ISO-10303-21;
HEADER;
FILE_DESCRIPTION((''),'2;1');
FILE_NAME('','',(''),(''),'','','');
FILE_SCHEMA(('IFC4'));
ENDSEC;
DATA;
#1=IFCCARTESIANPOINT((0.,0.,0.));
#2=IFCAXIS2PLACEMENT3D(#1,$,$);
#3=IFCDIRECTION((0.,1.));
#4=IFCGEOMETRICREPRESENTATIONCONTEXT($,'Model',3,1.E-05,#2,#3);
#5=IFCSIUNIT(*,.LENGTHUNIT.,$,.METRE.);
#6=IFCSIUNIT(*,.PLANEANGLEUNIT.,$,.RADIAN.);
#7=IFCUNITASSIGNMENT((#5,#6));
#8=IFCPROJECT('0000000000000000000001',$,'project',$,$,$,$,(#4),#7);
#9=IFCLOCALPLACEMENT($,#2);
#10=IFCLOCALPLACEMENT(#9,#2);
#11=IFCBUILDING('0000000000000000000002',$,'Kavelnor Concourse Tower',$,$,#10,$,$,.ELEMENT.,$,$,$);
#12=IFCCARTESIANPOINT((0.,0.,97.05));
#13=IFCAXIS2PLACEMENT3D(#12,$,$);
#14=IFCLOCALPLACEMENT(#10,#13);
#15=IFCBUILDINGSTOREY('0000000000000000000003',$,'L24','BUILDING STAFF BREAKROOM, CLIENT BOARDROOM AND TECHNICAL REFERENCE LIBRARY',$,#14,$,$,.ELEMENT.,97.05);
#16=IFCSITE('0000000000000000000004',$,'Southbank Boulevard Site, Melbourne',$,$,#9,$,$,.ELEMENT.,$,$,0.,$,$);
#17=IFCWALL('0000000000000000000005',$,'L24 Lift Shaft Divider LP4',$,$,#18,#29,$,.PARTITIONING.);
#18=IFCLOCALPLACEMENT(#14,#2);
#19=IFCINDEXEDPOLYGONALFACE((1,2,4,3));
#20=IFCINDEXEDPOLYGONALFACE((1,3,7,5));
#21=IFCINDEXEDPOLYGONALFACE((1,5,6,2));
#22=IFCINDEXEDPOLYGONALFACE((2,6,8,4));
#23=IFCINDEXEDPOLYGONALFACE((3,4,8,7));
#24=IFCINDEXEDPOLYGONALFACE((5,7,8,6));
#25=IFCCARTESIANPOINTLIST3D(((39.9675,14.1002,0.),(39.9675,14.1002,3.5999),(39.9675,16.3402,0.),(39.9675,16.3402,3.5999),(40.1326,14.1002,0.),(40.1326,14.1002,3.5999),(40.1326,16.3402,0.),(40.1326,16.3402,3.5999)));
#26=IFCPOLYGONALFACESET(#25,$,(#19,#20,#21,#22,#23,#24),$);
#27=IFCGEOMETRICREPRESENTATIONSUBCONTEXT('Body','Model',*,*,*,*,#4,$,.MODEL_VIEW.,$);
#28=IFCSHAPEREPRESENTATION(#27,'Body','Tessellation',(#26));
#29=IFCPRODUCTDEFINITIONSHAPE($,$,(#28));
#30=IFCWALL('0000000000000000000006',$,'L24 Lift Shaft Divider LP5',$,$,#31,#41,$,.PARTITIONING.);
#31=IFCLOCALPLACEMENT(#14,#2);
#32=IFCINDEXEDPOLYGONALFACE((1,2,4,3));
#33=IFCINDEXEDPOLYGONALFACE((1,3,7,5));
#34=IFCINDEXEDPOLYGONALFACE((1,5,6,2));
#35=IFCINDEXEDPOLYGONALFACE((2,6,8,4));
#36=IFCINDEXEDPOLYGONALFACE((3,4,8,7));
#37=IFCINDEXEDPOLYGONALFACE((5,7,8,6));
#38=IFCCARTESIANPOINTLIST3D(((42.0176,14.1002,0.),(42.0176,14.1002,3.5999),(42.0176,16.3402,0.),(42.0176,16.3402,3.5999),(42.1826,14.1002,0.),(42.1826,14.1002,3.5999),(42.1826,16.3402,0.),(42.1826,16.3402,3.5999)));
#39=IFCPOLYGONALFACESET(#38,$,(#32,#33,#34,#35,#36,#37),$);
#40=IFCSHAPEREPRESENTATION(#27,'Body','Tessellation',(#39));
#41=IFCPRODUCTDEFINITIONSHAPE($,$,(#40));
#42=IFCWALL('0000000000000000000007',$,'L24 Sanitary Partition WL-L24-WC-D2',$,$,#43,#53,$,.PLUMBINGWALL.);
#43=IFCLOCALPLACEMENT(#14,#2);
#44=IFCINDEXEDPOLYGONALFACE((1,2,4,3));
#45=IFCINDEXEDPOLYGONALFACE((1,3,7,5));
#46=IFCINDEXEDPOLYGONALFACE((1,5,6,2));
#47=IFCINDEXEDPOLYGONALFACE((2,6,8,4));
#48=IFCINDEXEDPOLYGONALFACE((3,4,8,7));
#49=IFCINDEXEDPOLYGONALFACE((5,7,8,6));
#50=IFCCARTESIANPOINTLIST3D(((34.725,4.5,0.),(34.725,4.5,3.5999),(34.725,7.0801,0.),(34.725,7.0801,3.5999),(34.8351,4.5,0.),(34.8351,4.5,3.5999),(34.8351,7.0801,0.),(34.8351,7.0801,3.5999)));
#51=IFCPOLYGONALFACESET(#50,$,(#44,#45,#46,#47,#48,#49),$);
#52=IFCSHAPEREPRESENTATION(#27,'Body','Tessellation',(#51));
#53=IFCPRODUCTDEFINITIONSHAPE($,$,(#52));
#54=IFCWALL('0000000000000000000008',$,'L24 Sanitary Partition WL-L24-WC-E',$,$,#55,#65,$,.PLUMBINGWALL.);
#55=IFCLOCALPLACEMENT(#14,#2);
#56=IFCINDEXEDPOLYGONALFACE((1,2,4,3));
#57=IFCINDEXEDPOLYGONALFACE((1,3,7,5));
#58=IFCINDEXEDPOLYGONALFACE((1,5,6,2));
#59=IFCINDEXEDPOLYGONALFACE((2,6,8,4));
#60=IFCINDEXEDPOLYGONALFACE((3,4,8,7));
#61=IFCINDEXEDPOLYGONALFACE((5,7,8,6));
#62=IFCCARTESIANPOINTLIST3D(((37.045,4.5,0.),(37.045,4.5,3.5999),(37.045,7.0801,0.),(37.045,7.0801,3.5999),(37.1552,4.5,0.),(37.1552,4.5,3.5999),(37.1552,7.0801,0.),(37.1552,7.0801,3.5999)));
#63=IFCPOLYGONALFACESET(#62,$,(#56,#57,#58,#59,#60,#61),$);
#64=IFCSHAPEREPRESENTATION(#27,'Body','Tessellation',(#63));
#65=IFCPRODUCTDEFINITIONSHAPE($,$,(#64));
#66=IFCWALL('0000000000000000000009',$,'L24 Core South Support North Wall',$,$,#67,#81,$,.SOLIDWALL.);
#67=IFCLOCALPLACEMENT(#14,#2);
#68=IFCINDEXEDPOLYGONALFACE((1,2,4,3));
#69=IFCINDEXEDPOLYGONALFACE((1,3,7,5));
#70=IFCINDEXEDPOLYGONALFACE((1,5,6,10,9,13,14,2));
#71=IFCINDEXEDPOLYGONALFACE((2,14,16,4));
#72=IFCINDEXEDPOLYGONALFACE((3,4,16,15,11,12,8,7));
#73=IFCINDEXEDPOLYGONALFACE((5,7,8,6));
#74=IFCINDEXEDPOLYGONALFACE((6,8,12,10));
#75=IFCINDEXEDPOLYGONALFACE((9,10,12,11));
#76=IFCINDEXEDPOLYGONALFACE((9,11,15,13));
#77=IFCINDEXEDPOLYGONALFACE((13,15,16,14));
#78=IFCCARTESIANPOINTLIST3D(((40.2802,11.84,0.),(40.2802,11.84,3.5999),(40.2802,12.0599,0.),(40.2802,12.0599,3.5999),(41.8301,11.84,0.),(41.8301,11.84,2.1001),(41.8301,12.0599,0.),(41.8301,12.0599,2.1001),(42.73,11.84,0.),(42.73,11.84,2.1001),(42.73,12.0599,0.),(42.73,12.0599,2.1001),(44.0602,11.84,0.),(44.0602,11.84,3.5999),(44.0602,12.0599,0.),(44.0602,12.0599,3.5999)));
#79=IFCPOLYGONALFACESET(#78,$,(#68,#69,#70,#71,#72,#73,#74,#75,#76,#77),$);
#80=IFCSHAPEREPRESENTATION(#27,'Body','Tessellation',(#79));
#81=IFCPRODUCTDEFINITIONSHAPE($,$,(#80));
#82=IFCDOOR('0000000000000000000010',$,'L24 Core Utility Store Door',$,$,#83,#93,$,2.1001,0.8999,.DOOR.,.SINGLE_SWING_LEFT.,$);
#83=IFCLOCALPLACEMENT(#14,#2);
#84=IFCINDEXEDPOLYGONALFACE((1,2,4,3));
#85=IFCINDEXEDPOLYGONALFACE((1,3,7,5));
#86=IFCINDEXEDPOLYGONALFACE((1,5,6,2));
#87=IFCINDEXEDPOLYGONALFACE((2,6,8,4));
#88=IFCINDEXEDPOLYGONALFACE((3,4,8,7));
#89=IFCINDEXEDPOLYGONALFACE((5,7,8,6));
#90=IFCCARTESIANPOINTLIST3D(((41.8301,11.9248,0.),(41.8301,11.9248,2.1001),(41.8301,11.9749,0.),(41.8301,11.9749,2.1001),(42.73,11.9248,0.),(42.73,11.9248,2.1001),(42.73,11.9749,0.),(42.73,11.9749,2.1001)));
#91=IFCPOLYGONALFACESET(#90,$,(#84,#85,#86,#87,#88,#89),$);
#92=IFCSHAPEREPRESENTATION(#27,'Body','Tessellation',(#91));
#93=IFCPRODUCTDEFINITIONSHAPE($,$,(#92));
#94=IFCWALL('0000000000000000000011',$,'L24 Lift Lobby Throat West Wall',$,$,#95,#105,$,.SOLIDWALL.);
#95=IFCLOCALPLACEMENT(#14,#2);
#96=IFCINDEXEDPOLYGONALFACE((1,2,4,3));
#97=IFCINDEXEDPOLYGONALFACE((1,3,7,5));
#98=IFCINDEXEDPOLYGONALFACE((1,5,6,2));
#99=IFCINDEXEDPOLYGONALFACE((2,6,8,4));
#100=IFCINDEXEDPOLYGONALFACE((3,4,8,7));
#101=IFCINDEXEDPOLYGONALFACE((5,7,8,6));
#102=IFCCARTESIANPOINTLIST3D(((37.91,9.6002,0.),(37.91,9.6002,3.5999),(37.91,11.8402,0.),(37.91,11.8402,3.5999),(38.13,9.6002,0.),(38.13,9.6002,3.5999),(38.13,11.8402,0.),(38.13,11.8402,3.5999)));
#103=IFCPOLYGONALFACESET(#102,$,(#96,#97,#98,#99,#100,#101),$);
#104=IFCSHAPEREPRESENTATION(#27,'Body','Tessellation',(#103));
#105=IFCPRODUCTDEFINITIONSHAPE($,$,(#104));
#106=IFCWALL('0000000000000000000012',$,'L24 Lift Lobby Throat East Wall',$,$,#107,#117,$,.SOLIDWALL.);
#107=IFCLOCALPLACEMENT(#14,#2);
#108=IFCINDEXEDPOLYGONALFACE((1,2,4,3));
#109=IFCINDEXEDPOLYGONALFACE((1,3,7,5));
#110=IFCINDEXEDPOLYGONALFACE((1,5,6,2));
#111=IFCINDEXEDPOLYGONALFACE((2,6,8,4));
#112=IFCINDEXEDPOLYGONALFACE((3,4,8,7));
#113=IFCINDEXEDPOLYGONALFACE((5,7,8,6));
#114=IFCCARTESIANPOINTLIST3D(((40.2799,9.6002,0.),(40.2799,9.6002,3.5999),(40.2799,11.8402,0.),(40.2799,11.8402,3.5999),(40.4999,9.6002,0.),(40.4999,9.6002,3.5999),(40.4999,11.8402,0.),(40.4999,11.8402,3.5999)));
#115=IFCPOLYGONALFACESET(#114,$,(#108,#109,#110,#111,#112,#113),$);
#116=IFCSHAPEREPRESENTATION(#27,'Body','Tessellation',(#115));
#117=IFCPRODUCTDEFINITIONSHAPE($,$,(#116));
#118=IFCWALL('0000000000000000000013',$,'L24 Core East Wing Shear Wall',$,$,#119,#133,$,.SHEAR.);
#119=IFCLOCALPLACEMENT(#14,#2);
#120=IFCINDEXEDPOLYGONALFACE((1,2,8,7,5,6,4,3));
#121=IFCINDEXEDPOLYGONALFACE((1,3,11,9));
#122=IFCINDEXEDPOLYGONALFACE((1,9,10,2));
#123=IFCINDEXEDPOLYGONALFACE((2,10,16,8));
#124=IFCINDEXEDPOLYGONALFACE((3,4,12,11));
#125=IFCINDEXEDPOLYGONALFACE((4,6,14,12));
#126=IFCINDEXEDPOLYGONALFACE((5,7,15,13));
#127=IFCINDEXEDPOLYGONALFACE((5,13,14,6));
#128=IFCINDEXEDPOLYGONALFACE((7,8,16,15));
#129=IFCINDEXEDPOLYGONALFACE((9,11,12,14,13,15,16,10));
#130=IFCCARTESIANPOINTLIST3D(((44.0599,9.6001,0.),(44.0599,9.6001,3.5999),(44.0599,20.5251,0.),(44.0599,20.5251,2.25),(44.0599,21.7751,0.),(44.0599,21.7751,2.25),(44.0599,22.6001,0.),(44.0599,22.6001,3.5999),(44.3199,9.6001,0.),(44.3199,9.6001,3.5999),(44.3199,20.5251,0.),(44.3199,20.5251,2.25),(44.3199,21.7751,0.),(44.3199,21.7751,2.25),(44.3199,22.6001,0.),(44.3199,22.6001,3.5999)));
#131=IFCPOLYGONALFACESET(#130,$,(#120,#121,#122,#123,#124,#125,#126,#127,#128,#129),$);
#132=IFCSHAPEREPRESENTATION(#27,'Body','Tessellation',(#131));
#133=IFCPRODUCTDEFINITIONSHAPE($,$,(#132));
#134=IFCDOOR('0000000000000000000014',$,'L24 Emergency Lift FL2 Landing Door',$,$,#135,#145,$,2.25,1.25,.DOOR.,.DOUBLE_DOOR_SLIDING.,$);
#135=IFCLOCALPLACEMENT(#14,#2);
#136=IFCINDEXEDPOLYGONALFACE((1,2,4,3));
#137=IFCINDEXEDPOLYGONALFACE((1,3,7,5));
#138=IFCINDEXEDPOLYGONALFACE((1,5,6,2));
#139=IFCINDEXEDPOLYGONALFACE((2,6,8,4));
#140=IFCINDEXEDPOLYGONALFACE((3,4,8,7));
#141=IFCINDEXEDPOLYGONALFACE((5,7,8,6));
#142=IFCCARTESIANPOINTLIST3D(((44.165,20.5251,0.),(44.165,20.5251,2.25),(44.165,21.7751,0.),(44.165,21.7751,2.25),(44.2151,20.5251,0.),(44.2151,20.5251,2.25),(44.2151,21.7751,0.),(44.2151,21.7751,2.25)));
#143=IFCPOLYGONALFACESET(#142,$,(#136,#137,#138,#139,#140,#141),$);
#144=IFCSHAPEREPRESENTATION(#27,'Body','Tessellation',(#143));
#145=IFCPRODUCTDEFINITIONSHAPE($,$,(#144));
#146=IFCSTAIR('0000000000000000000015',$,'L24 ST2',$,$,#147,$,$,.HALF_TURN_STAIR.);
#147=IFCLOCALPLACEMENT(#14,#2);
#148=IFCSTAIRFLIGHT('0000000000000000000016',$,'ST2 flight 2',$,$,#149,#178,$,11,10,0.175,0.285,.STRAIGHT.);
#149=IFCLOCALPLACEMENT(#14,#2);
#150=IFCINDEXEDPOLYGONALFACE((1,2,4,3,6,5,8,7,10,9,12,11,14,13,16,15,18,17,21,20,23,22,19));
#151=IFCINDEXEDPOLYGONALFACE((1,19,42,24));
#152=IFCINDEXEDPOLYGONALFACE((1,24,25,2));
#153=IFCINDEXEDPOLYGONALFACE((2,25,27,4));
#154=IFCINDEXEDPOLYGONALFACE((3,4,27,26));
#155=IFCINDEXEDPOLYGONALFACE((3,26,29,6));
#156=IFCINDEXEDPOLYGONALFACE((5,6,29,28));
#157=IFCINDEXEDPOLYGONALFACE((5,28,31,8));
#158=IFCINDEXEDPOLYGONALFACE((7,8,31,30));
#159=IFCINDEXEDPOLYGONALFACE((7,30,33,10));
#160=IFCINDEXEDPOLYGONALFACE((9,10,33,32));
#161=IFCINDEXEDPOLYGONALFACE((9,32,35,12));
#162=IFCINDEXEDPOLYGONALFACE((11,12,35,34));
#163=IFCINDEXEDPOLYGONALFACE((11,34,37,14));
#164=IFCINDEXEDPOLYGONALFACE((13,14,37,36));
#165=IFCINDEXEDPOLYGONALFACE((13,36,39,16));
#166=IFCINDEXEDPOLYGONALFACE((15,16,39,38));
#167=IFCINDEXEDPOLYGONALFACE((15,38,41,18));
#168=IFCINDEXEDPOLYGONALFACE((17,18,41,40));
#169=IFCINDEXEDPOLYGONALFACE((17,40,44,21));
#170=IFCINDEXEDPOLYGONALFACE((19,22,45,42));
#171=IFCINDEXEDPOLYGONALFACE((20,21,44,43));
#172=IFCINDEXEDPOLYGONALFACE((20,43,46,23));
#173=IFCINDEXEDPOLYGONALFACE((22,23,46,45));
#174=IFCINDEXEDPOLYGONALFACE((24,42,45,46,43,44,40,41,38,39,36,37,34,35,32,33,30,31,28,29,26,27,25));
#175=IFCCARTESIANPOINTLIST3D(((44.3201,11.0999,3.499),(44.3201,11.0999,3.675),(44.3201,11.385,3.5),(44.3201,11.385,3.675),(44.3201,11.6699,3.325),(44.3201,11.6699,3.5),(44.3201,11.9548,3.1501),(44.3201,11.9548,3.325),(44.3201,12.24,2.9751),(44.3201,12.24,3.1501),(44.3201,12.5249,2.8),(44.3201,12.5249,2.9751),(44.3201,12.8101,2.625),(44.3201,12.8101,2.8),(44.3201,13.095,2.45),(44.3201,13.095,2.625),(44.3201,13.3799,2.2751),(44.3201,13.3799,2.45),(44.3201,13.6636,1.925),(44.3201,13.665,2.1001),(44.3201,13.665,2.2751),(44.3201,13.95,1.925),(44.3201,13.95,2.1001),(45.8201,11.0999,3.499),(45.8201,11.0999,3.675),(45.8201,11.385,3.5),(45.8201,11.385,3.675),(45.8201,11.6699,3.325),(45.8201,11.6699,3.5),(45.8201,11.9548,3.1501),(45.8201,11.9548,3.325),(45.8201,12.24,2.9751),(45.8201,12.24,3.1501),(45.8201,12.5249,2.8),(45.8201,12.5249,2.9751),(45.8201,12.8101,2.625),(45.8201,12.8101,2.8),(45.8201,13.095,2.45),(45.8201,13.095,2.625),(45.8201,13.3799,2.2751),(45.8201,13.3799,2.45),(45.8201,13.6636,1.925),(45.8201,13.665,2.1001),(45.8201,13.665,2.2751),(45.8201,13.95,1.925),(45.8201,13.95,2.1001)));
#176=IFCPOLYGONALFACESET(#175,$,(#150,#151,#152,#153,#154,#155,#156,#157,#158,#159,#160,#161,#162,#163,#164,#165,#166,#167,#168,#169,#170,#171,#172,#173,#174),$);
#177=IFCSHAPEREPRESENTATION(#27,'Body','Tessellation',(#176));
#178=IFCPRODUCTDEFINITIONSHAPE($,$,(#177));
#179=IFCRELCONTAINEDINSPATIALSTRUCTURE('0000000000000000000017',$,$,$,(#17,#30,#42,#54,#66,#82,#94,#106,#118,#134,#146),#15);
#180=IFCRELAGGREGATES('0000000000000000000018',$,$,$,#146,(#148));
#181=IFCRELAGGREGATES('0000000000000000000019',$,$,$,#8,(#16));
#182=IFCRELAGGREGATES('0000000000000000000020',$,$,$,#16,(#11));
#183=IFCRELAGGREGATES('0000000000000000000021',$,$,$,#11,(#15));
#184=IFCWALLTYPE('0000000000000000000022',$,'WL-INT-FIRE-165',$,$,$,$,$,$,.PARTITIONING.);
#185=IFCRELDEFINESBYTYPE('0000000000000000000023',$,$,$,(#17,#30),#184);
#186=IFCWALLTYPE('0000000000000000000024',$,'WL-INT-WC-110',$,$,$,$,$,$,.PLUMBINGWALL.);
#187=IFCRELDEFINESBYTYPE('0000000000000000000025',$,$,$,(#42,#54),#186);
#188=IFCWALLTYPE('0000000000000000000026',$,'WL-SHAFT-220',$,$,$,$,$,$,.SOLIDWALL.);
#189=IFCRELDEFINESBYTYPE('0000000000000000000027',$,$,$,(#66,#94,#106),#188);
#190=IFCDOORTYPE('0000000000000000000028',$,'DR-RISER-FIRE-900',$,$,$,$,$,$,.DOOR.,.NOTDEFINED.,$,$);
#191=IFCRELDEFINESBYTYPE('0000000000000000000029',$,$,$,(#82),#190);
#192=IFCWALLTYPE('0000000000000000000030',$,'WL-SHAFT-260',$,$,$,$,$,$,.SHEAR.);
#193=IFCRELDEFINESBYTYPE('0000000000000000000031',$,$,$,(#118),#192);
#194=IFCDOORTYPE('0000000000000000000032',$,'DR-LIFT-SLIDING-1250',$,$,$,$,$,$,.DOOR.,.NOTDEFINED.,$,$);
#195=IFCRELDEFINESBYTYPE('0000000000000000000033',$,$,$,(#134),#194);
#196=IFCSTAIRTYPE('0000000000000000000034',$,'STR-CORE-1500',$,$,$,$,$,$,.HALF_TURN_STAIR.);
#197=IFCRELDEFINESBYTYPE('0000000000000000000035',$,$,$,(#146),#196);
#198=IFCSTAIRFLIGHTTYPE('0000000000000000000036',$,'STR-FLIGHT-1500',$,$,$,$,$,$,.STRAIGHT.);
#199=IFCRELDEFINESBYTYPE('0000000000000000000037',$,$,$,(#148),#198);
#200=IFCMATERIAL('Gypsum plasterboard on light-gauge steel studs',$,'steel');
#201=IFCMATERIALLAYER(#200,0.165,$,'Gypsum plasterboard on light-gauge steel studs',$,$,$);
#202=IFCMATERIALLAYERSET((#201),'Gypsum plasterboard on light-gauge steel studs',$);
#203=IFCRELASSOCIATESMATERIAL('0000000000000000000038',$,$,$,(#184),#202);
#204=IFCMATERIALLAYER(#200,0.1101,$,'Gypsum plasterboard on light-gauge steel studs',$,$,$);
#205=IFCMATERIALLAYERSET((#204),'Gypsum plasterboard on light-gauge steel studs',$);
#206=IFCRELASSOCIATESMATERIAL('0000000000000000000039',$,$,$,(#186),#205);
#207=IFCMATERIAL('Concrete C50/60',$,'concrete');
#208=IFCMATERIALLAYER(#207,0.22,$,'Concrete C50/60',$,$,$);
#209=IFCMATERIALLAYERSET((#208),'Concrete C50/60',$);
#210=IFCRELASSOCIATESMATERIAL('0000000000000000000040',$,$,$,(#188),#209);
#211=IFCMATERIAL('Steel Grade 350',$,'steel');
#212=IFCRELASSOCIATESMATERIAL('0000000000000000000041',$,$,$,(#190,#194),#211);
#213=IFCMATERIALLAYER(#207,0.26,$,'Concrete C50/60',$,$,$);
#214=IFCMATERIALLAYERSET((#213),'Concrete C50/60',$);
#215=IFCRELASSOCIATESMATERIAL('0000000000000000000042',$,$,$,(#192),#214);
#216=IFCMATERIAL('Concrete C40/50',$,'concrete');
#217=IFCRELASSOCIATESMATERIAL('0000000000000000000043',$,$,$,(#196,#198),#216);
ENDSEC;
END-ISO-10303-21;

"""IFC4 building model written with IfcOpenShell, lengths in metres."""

from ifc_helpers import new_model, si_unit, direction, frame, frame_2d, origin, place, context, subcontext, project, spatial, polyline, rectangle, outline, extrude, material, layer, layer_set, type_object, element, fill, aggregate, save


model = new_model("IFC4")

# Units and contexts
model_context = context("Model", 3, precision=1e-05, world=origin(), true_north=direction((0.0, 1.0)))
body_context = subcontext(model_context, "Body", "Model", "MODEL_VIEW")
ifc_project = project(units=[si_unit("LENGTHUNIT", "METRE"), si_unit("PLANEANGLEUNIT", "RADIAN")], contexts=[model_context])

# Site, building, storey
site_placement = place(None, origin())
site = spatial("IfcSite", under=ifc_project, at=site_placement, Name="Southbank Boulevard Site, Melbourne", CompositionType="ELEMENT", RefElevation=0.0)
building_placement = place(site_placement, origin())
building = spatial("IfcBuilding", under=site, at=building_placement, Name="Kavelnor Concourse Tower", CompositionType="ELEMENT")
storey_placement = place(building_placement, frame((0.0, 0.0, 97.05)))
storey = spatial("IfcBuildingStorey", under=building, at=storey_placement, Name="L24", Description="BUILDING STAFF BREAKROOM, CLIENT BOARDROOM AND TECHNICAL REFERENCE LIBRARY", CompositionType="ELEMENT", Elevation=97.05)

# Shared definitions
ifc_material_1 = material(Name="Steel Grade 350", Category="steel")

# Walls
ifc_material_2 = material(Name="Gypsum plasterboard on light-gauge steel studs", Category="steel")
ifc_layer_1 = layer(ifc_material_2, 0.165, Name="Gypsum plasterboard on light-gauge steel studs")
ifc_layer_set_1 = layer_set([ifc_layer_1], Name="Gypsum plasterboard on light-gauge steel studs")
wall_type_1 = type_object("IfcWallType", Name="WL-INT-FIRE-165", PredefinedType="PARTITIONING", material=ifc_layer_set_1)
for number, where, z_axis, x_axis, name in (
    (1, (40.05, 14.1001, 0.0), (0.0, 0.0, 1.0), (0.0, 1.0, 0.0), "L24 Lift Shaft Divider LP4"),
    (2, (42.1001, 14.1001, 0.0), (0.0, 0.0, 1.0), (0.0, 1.0, 0.0), "L24 Lift Shaft Divider LP5"),
):
    element("IfcWall", number, at=place(storey_placement, frame(where, z_axis=z_axis, x_axis=x_axis)), inside=storey, type_object=wall_type_1, Name=name, PredefinedType="PARTITIONING", context=body_context, shape_type="SweptSolid", body=[
        extrude(rectangle(XDim=2.24, YDim=0.165, at=frame_2d((1.1201, 0.0))), origin(), (0.0, 0.0, 1.0), 3.5999),
    ])
ifc_layer_2 = layer(ifc_material_2, 0.1101, Name="Gypsum plasterboard on light-gauge steel studs")
ifc_layer_set_2 = layer_set([ifc_layer_2], Name="Gypsum plasterboard on light-gauge steel studs")
wall_type_2 = type_object("IfcWallType", Name="WL-INT-WC-110", PredefinedType="PLUMBINGWALL", material=ifc_layer_set_2)
for number, where, z_axis, x_axis, name in (
    (3, (34.78, 4.5, 0.0), (0.0, 0.0, 1.0), (0.0, 1.0, 0.0), "L24 Sanitary Partition WL-L24-WC-D2"),
    (4, (37.1001, 4.5, 0.0), (0.0, 0.0, 1.0), (0.0, 1.0, 0.0), "L24 Sanitary Partition WL-L24-WC-E"),
):
    element("IfcWall", number, at=place(storey_placement, frame(where, z_axis=z_axis, x_axis=x_axis)), inside=storey, type_object=wall_type_2, Name=name, PredefinedType="PLUMBINGWALL", context=body_context, shape_type="SweptSolid", body=[
        extrude(rectangle(XDim=2.5801, YDim=0.1101, at=frame_2d((1.29, 0.0))), origin(), (0.0, 0.0, 1.0), 3.5999),
    ])

# Wall, opening, door
ifc_material_3 = material(Name="Concrete C50/60", Category="concrete")
ifc_layer_3 = layer(ifc_material_3, 0.22, Name="Concrete C50/60")
ifc_layer_set_3 = layer_set([ifc_layer_3], Name="Concrete C50/60")
wall_type_3 = type_object("IfcWallType", Name="WL-SHAFT-220", PredefinedType="SOLIDWALL", material=ifc_layer_set_3)
wall_1_placement = place(storey_placement, frame((40.28, 11.95, 0.0), z_axis=(0.0, 0.0, 1.0), x_axis=(1.0, 0.0, 0.0)))
wall_1 = element("IfcWall", 5, at=wall_1_placement, inside=storey, type_object=wall_type_3, Name="L24 Core South Support North Wall", PredefinedType="SOLIDWALL", context=body_context, shape_type="SweptSolid", body=[
    extrude(rectangle(XDim=3.78, YDim=0.22, at=frame_2d((1.8901, 0.0))), origin(), (0.0, 0.0, 1.0), 3.5999),
])
opening_1_placement = place(wall_1_placement, frame((1.55, 0.0, 0.0)))
opening_1 = element("IfcOpeningElement", 6, at=opening_1_placement, cuts=wall_1, PredefinedType="OPENING", context=body_context, shape_type="SweptSolid", body=[
    extrude(rectangle(XDim=0.8999, YDim=2.1001, at=frame_2d((0.45, 1.05))), frame((0.0, 0.1201, 0.0), z_axis=(0.0, -1.0, 0.0), x_axis=(1.0, 0.0, 0.0)), (0.0, 0.0, 1.0), 0.24),
])
door_type_1 = type_object("IfcDoorType", Name="DR-RISER-FIRE-900", OperationType="NOTDEFINED", PredefinedType="DOOR", material=ifc_material_1)
door_1_placement = place(opening_1_placement, origin())
door_1 = element("IfcDoor", 7, at=door_1_placement, inside=storey, type_object=door_type_1, Name="L24 Core Utility Store Door", OperationType="SINGLE_SWING_LEFT", OverallHeight=2.1001, OverallWidth=0.8999, PredefinedType="DOOR", context=body_context, shape_type="SweptSolid", body=[
    extrude(rectangle(XDim=0.8999, YDim=2.1001, at=frame_2d((0.45, 1.05))), frame((0.0, 0.0249, 0.0), z_axis=(0.0, -1.0, 0.0), x_axis=(1.0, 0.0, 0.0)), (0.0, 0.0, 1.0), 0.05),
])
fill(opening_1, door_1)

# Walls
for number, where, z_axis, x_axis, name in (
    (8, (38.02, 9.6001, 0.0), (0.0, 0.0, 1.0), (0.0, 1.0, 0.0), "L24 Lift Lobby Throat West Wall"),
    (9, (40.3899, 9.6001, 0.0), (0.0, 0.0, 1.0), (0.0, 1.0, 0.0), "L24 Lift Lobby Throat East Wall"),
):
    element("IfcWall", number, at=place(storey_placement, frame(where, z_axis=z_axis, x_axis=x_axis)), inside=storey, type_object=wall_type_3, Name=name, PredefinedType="SOLIDWALL", context=body_context, shape_type="SweptSolid", body=[
        extrude(rectangle(XDim=2.24, YDim=0.22, at=frame_2d((1.1201, 0.0))), origin(), (0.0, 0.0, 1.0), 3.5999),
    ])

# Wall, opening, door
ifc_layer_4 = layer(ifc_material_3, 0.26, Name="Concrete C50/60")
ifc_layer_set_4 = layer_set([ifc_layer_4], Name="Concrete C50/60")
wall_type_4 = type_object("IfcWallType", Name="WL-SHAFT-260", PredefinedType="SHEAR", material=ifc_layer_set_4)
wall_2_placement = place(storey_placement, frame((44.1899, 9.6001, 0.0), z_axis=(0.0, 0.0, 1.0), x_axis=(0.0, 1.0, 0.0)))
wall_2 = element("IfcWall", 10, at=wall_2_placement, inside=storey, type_object=wall_type_4, Name="L24 Core East Wing Shear Wall", PredefinedType="SHEAR", context=body_context, shape_type="SweptSolid", body=[
    extrude(rectangle(XDim=13.0, YDim=0.26, at=frame_2d((6.5, 0.0))), origin(), (0.0, 0.0, 1.0), 3.5999),
])
opening_2_placement = place(wall_2_placement, frame((10.925, 0.0, 0.0)))
opening_2 = element("IfcOpeningElement", 11, at=opening_2_placement, cuts=wall_2, PredefinedType="OPENING", context=body_context, shape_type="SweptSolid", body=[
    extrude(rectangle(XDim=1.25, YDim=2.25, at=frame_2d((0.625, 1.125))), frame((0.0, 0.1401, 0.0), z_axis=(0.0, -1.0, 0.0), x_axis=(1.0, 0.0, 0.0)), (0.0, 0.0, 1.0), 0.28),
])
door_type_2 = type_object("IfcDoorType", Name="DR-LIFT-SLIDING-1250", OperationType="NOTDEFINED", PredefinedType="DOOR", material=ifc_material_1)
door_2_placement = place(opening_2_placement, origin())
door_2 = element("IfcDoor", 12, at=door_2_placement, inside=storey, type_object=door_type_2, Name="L24 Emergency Lift FL2 Landing Door", OperationType="DOUBLE_DOOR_SLIDING", OverallHeight=2.25, OverallWidth=1.25, PredefinedType="DOOR", context=body_context, shape_type="SweptSolid", body=[
    extrude(rectangle(XDim=1.25, YDim=2.25, at=frame_2d((0.625, 1.125))), frame((0.0, 0.0249, 0.0), z_axis=(0.0, -1.0, 0.0), x_axis=(1.0, 0.0, 0.0)), (0.0, 0.0, 1.0), 0.05),
])
fill(opening_2, door_2)

# Stair, stair flight
ifc_material_4 = material(Name="Concrete C40/50", Category="concrete")
stair_type = type_object("IfcStairType", Name="STR-CORE-1500", PredefinedType="HALF_TURN_STAIR", material=ifc_material_4)
stair_placement = place(storey_placement, origin())
stair = element("IfcStair", 13, at=stair_placement, inside=storey, type_object=stair_type, Name="L24 ST2", PredefinedType="HALF_TURN_STAIR")
stair_flight_type = type_object("IfcStairFlightType", Name="STR-FLIGHT-1500", PredefinedType="STRAIGHT", material=ifc_material_4)
stair_flight_placement = place(storey_placement, frame((45.0701, 13.95, 1.925), z_axis=(0.0, 0.0, 1.0), x_axis=(0.0, -1.0, 0.0)))
stair_flight = element("IfcStairFlight", 14, at=stair_flight_placement, type_object=stair_flight_type, Name="ST2 flight 2", NumberOfRisers=11, NumberOfTreads=10, PredefinedType="STRAIGHT", RiserHeight=0.175, TreadLength=0.285, context=body_context, shape_type="SweptSolid", body=[
    extrude(outline(polyline([(0.0, 0.0), (0.0, 0.175), (0.2849, 0.175), (0.2849, 0.3501), (0.5701, 0.3501), (0.5701, 0.5249), (0.855, 0.5249), (0.855, 0.7), (1.1399, 0.7), (1.1399, 0.875), (1.425, 0.875), (1.425, 1.05), (1.71, 1.05), (1.71, 1.2251), (1.9951, 1.2251), (1.9951, 1.3999), (2.28, 1.3999), (2.28, 1.575), (2.5649, 1.575), (2.5649, 1.75), (2.8501, 1.75), (2.8501, 1.925), (2.8501, 1.574), (0.2864, 0.0), (0.0, 0.0)])), frame((0.0, 0.75, 0.0), z_axis=(0.0, -1.0, 0.0), x_axis=(1.0, 0.0, 0.0)), (0.0, 0.0, 1.0), 1.5),
])
aggregate(stair, [stair_flight])

save(model, "model.ifc")
